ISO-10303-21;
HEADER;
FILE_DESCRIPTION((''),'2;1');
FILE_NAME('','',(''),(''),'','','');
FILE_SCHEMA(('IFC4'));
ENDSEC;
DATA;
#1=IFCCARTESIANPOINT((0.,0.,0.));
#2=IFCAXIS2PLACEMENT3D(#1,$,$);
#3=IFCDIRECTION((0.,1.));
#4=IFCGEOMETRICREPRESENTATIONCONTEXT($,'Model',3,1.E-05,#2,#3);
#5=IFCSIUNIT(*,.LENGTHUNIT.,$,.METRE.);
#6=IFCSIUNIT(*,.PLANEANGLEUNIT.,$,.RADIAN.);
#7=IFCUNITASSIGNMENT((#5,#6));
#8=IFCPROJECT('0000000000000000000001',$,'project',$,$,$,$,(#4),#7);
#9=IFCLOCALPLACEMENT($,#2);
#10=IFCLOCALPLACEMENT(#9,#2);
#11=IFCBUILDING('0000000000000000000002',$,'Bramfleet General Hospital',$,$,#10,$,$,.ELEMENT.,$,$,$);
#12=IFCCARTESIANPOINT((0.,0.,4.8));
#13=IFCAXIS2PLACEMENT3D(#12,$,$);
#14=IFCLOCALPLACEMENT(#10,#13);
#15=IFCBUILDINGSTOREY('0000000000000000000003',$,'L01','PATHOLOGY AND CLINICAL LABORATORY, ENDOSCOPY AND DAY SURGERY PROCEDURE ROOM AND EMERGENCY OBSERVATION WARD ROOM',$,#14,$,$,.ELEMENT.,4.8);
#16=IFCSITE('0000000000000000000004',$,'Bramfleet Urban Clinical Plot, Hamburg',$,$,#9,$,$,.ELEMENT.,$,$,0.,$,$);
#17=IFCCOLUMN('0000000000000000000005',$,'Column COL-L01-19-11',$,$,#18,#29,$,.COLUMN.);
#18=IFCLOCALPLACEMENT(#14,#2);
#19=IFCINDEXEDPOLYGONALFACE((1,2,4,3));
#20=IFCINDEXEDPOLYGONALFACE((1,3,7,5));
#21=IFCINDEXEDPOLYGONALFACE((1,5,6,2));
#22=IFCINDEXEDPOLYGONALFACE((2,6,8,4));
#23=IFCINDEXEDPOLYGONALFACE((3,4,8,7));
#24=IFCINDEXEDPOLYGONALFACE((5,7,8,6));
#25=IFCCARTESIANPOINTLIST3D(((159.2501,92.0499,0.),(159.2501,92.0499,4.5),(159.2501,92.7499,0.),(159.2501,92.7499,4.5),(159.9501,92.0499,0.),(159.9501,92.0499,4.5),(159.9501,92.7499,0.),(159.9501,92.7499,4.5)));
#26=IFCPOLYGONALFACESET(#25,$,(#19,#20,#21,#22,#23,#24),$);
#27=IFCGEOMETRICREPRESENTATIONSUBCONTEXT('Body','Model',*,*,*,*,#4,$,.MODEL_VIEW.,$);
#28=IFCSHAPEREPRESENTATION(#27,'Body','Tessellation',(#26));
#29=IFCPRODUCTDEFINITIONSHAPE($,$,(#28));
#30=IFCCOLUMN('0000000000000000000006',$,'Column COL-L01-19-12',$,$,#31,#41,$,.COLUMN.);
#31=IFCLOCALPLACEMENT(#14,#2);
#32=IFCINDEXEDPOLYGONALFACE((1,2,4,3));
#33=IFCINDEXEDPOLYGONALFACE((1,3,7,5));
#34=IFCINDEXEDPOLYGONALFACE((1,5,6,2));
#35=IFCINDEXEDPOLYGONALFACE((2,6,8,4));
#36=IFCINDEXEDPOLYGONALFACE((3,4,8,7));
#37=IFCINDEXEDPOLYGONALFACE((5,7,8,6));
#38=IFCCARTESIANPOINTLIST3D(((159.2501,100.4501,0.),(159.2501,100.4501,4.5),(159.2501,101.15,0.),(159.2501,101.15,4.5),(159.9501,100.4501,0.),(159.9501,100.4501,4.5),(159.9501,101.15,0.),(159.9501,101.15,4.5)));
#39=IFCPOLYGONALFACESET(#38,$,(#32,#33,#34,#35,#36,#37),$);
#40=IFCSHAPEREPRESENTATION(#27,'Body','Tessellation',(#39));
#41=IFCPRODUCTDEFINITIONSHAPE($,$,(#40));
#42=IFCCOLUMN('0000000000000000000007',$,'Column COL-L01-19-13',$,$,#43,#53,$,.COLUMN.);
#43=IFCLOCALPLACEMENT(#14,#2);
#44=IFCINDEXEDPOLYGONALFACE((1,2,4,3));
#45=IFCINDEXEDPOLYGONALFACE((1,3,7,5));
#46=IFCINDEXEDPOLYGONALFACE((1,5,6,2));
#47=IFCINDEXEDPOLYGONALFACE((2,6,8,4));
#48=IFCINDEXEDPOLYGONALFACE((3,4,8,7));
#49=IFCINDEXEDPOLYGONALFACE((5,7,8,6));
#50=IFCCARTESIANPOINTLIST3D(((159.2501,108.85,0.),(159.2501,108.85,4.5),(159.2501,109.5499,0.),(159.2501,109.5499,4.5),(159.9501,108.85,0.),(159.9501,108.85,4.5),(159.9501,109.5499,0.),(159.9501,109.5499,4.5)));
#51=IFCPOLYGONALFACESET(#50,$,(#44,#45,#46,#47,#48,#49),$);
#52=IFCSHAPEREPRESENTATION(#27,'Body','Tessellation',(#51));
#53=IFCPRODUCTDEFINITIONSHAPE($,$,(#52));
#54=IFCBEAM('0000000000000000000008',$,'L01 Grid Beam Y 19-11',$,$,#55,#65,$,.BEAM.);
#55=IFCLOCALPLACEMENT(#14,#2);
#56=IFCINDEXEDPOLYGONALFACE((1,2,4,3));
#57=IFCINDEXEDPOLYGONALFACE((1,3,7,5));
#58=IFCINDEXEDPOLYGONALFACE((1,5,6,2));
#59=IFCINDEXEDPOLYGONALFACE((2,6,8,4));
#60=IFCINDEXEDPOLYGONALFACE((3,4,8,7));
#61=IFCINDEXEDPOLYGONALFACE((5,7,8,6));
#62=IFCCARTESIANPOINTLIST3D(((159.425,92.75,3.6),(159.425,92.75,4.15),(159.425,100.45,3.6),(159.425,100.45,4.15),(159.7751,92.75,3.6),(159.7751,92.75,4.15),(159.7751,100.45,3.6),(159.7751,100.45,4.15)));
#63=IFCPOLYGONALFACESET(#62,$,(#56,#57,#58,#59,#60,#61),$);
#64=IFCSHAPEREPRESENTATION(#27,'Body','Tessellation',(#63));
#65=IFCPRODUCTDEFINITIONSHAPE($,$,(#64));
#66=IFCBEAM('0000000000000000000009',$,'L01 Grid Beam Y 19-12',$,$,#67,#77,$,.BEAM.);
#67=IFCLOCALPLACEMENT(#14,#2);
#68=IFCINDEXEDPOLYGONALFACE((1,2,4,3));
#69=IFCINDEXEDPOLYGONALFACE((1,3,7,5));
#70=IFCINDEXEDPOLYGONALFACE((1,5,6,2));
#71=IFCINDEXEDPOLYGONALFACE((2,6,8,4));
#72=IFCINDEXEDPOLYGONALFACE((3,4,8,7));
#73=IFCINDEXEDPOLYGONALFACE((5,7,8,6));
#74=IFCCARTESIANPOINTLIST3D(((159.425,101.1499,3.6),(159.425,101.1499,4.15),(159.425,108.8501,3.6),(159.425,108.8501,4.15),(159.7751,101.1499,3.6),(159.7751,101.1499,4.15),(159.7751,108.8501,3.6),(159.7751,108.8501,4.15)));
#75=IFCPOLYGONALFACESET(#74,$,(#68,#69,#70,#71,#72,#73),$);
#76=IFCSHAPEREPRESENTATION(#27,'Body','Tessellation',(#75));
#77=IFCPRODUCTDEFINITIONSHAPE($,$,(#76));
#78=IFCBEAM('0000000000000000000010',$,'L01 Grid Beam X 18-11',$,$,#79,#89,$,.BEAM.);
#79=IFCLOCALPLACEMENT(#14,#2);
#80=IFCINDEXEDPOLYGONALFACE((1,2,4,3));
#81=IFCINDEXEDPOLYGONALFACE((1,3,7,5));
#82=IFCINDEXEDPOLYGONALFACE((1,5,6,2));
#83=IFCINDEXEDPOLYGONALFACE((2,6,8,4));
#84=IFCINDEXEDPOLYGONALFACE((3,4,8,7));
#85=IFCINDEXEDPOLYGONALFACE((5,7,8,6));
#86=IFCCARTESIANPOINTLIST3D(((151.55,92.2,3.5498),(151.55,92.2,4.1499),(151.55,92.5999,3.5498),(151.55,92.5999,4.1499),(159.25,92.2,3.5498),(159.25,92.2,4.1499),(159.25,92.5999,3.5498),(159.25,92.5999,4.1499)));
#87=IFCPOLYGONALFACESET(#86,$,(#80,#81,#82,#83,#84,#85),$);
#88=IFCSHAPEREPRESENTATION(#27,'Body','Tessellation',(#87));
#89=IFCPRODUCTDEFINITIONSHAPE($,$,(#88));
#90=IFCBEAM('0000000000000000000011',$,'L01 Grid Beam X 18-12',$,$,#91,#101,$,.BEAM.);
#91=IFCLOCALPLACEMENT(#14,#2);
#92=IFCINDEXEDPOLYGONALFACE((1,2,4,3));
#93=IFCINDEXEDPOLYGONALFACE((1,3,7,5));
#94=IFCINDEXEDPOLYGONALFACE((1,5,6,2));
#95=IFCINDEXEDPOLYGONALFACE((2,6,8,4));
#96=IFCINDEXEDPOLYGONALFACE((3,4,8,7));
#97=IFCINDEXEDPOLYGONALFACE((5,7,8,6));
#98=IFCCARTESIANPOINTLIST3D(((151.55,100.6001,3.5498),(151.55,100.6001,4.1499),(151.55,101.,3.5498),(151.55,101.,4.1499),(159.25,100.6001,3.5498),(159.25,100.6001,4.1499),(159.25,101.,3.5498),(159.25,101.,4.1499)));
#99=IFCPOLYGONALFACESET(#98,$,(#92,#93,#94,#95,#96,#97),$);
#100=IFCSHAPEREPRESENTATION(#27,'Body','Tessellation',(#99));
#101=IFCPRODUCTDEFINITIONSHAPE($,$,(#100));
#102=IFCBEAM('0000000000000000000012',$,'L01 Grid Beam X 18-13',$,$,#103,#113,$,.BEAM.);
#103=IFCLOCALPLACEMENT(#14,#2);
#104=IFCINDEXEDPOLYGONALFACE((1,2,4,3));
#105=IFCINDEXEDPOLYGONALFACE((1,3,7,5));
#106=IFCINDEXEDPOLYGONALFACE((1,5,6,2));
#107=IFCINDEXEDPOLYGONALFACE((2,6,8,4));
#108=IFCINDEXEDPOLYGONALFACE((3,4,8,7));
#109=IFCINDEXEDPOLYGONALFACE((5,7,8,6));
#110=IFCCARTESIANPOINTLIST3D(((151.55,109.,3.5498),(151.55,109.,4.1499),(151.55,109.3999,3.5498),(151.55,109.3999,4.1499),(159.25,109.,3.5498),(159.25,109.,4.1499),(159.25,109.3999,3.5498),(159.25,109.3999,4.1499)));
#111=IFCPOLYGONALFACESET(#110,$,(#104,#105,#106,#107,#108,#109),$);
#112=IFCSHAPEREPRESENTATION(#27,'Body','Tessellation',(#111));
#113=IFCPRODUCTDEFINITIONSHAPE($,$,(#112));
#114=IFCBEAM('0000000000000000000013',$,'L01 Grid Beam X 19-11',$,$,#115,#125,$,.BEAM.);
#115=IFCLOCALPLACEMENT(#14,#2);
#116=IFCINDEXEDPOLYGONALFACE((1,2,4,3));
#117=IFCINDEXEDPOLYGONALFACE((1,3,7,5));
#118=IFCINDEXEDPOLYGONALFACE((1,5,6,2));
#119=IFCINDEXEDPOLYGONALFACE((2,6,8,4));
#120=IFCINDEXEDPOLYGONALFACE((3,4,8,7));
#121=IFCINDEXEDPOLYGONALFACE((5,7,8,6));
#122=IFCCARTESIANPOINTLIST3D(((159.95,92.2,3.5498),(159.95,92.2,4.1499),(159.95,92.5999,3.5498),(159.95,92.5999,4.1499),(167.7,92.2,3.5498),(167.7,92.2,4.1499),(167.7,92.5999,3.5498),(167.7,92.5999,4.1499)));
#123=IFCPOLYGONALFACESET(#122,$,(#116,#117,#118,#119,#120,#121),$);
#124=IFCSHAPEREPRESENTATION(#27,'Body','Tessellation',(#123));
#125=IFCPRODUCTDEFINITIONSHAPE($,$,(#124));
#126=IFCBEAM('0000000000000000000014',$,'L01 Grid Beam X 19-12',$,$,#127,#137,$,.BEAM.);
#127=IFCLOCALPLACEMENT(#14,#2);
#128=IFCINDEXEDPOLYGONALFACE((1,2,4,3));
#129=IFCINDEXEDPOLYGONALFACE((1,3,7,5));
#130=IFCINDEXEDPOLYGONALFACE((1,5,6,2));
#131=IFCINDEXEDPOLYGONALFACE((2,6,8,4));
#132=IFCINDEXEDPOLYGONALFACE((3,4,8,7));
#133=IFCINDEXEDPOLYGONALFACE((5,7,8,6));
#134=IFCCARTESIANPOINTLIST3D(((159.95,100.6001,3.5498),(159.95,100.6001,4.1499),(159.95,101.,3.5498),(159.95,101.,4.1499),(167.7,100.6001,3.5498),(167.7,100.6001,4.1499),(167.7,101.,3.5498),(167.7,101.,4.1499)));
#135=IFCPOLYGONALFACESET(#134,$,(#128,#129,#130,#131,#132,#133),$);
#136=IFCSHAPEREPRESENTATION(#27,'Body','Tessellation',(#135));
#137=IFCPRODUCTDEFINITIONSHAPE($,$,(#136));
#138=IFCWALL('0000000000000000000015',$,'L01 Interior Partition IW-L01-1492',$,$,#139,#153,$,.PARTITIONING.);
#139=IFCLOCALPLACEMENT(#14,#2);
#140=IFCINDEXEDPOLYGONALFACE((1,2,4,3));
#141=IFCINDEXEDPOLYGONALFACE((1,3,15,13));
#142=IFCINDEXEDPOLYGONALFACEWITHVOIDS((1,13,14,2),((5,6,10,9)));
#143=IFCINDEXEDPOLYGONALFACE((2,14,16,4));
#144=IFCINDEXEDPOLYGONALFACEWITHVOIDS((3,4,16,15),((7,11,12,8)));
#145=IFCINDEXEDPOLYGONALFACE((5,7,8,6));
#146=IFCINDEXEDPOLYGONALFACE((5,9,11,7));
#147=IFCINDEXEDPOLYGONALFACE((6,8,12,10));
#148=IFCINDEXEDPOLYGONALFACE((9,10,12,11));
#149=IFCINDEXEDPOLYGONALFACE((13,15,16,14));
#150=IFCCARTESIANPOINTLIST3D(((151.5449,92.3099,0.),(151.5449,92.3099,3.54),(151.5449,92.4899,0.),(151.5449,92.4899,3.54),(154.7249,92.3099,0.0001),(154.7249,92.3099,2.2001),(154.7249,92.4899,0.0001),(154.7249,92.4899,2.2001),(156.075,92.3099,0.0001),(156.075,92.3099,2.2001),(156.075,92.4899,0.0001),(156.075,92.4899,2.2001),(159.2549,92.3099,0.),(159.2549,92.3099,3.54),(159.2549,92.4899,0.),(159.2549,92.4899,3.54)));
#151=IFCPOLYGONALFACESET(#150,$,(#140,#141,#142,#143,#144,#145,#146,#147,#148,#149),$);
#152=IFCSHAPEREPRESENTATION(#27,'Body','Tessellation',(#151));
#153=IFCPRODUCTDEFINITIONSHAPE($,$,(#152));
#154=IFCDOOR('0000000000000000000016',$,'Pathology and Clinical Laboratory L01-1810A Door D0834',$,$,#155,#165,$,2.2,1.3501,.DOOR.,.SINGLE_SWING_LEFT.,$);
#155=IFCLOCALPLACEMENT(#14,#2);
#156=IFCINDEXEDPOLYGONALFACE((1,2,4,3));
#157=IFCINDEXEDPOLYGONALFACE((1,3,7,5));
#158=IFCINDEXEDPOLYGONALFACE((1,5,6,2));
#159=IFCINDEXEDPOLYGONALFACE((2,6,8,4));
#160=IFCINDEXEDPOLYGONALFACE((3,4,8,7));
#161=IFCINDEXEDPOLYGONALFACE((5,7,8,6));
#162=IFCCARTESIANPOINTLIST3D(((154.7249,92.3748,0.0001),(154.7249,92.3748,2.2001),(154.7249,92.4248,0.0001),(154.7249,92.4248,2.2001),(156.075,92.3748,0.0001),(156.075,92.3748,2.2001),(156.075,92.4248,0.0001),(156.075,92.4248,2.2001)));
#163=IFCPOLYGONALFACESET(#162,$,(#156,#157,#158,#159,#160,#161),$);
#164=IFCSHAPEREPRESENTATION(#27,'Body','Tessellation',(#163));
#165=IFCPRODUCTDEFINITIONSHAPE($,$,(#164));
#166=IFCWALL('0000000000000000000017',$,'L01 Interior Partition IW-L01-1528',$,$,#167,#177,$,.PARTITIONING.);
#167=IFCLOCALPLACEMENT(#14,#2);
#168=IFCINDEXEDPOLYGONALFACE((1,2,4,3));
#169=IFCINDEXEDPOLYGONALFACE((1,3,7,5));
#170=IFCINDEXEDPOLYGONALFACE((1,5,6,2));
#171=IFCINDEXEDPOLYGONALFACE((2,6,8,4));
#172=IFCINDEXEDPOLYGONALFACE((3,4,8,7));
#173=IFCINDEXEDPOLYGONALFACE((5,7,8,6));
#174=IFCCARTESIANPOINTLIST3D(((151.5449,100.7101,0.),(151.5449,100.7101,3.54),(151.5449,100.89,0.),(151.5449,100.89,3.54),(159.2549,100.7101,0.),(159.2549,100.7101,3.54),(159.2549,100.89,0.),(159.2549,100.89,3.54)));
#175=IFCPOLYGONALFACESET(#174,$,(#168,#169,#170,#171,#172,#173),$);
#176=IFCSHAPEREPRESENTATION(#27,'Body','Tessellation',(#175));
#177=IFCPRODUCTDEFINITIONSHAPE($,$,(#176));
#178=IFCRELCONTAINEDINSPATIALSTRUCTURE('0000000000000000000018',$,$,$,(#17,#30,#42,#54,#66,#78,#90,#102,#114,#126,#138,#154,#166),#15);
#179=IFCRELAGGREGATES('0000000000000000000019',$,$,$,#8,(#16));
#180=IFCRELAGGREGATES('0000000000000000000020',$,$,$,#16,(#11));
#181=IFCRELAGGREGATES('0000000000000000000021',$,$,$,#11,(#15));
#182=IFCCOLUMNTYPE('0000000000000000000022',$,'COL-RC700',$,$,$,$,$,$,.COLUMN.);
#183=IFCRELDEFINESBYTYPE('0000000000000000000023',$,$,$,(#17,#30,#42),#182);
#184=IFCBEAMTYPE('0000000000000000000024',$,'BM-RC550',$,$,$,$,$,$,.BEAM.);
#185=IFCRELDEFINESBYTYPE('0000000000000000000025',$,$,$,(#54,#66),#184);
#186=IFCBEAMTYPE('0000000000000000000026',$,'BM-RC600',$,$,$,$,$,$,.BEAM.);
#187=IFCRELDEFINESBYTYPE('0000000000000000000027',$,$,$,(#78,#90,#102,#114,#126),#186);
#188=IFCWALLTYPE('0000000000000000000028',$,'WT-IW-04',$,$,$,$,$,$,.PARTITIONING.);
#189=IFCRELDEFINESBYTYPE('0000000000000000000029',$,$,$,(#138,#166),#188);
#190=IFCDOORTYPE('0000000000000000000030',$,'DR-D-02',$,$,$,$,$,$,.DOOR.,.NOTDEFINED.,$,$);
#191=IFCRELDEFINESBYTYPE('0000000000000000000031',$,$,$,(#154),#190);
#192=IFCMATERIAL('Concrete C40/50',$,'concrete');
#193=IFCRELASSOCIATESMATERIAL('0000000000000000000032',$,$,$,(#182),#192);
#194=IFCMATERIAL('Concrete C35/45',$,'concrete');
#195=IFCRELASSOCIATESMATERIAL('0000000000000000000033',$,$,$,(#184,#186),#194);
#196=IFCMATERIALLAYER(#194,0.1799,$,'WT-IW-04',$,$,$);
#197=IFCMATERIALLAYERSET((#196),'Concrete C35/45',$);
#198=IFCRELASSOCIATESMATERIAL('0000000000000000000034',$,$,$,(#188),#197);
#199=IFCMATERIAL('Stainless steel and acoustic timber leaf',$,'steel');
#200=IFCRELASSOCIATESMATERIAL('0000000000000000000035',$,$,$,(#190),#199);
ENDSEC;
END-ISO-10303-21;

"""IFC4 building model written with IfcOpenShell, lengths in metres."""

from ifc_helpers import new_model, si_unit, direction, frame, frame_2d, origin, origin_2d, place, context, subcontext, project, spatial, rectangle, extrude, material, layer, layer_set, material_profile, profile_set, type_object, element, fill, save


model = new_model("IFC4")

# Units and contexts
model_context = context("Model", 3, precision=1e-05, world=origin(), true_north=direction((0.0, 1.0)))
body_context = subcontext(model_context, "Body", "Model", "MODEL_VIEW")
ifc_project = project(units=[si_unit("LENGTHUNIT", "METRE"), si_unit("PLANEANGLEUNIT", "RADIAN")], contexts=[model_context])

# Site, building, storey
site_placement = place(None, origin())
site = spatial("IfcSite", under=ifc_project, at=site_placement, Name="Bramfleet Urban Clinical Plot, Hamburg", CompositionType="ELEMENT", RefElevation=0.0)
building_placement = place(site_placement, origin())
building = spatial("IfcBuilding", under=site, at=building_placement, Name="Bramfleet General Hospital", CompositionType="ELEMENT")
storey_placement = place(building_placement, frame((0.0, 0.0, 4.8)))
storey = spatial("IfcBuildingStorey", under=building, at=storey_placement, Name="L01", Description="PATHOLOGY AND CLINICAL LABORATORY, ENDOSCOPY AND DAY SURGERY PROCEDURE ROOM AND EMERGENCY OBSERVATION WARD ROOM", CompositionType="ELEMENT", Elevation=4.8)

# Columns
ifc_material_1 = material(Name="Concrete C40/50", Category="concrete")
ifc_material_profile_1 = material_profile(ifc_material_1, rectangle(XDim=0.7, YDim=0.7, at=origin_2d()), Name="RC COL 700x700")
ifc_profile_set_1 = profile_set([ifc_material_profile_1], Name="Concrete C40/50")
column_type = type_object("IfcColumnType", Name="COL-RC700", PredefinedType="COLUMN", material=ifc_profile_set_1)
for number, where, z_axis, x_axis, name in (
    (1, (159.6001, 92.3999, 0.0), (0.0, 0.0, 1.0), (1.0, 0.0, 0.0), "Column COL-L01-19-11"),
    (2, (159.6001, 100.8, 0.0), (0.0, 0.0, 1.0), (1.0, 0.0, 0.0), "Column COL-L01-19-12"),
    (3, (159.6001, 109.2, 0.0), (0.0, 0.0, 1.0), (1.0, 0.0, 0.0), "Column COL-L01-19-13"),
):
    element("IfcColumn", number, at=place(storey_placement, frame(where, z_axis=z_axis, x_axis=x_axis)), inside=storey, type_object=column_type, Name=name, PredefinedType="COLUMN", context=body_context, shape_type="SweptSolid", body=[
        extrude(rectangle(XDim=0.7, YDim=0.7, at=origin_2d()), origin(), (0.0, 0.0, 1.0), 4.5),
    ])

# Beams
ifc_material_2 = material(Name="Concrete C35/45", Category="concrete")
ifc_material_profile_2 = material_profile(ifc_material_2, rectangle(XDim=0.3501, YDim=0.55, at=origin_2d()), Name="RC BM 550x350")
ifc_profile_set_2 = profile_set([ifc_material_profile_2], Name="Concrete C35/45")
beam_type_1 = type_object("IfcBeamType", Name="BM-RC550", PredefinedType="BEAM", material=ifc_profile_set_2)
beam_1_placement = place(storey_placement, frame((159.6001, 92.75, 3.875), z_axis=(0.0, 1.0, 0.0), x_axis=(-1.0, 0.0, 0.0)))
element("IfcBeam", 4, at=beam_1_placement, inside=storey, type_object=beam_type_1, Name="L01 Grid Beam Y 19-11", PredefinedType="BEAM", context=body_context, shape_type="SweptSolid", body=[
    extrude(rectangle(XDim=0.3501, YDim=0.55, at=origin_2d()), origin(), (0.0, 0.0, 1.0), 7.7),
])
beam_2_placement = place(storey_placement, frame((159.6001, 101.1499, 3.875), z_axis=(0.0, 1.0, 0.0), x_axis=(-1.0, 0.0, 0.0)))
element("IfcBeam", 5, at=beam_2_placement, inside=storey, type_object=beam_type_1, Name="L01 Grid Beam Y 19-12", PredefinedType="BEAM", context=body_context, shape_type="SweptSolid", body=[
    extrude(rectangle(XDim=0.3501, YDim=0.55, at=origin_2d()), origin(), (0.0, 0.0, 1.0), 7.7002),
])
ifc_material_profile_3 = material_profile(ifc_material_2, rectangle(XDim=0.3999, YDim=0.6001, at=origin_2d()), Name="RC BM 600x400")
ifc_profile_set_3 = profile_set([ifc_material_profile_3], Name="Concrete C35/45")
beam_type_2 = type_object("IfcBeamType", Name="BM-RC600", PredefinedType="BEAM", material=ifc_profile_set_3)
for number, where, z_axis, x_axis, name in (
    (6, (151.55, 92.3999, 3.8499), (1.0, 0.0, 0.0), (0.0, 1.0, 0.0), "L01 Grid Beam X 18-11"),
    (7, (151.55, 100.8, 3.8499), (1.0, 0.0, 0.0), (0.0, 1.0, 0.0), "L01 Grid Beam X 18-12"),
    (8, (151.55, 109.2, 3.8499), (1.0, 0.0, 0.0), (0.0, 1.0, 0.0), "L01 Grid Beam X 18-13"),
):
    element("IfcBeam", number, at=place(storey_placement, frame(where, z_axis=z_axis, x_axis=x_axis)), inside=storey, type_object=beam_type_2, Name=name, PredefinedType="BEAM", context=body_context, shape_type="SweptSolid", body=[
        extrude(rectangle(XDim=0.3999, YDim=0.6001, at=origin_2d()), origin(), (0.0, 0.0, 1.0), 7.7),
    ])
for number, where, z_axis, x_axis, name in (
    (9, (159.95, 92.3999, 3.8499), (1.0, 0.0, 0.0), (0.0, 1.0, 0.0), "L01 Grid Beam X 19-11"),
    (10, (159.95, 100.8, 3.8499), (1.0, 0.0, 0.0), (0.0, 1.0, 0.0), "L01 Grid Beam X 19-12"),
):
    element("IfcBeam", number, at=place(storey_placement, frame(where, z_axis=z_axis, x_axis=x_axis)), inside=storey, type_object=beam_type_2, Name=name, PredefinedType="BEAM", context=body_context, shape_type="SweptSolid", body=[
        extrude(rectangle(XDim=0.3999, YDim=0.6001, at=origin_2d()), origin(), (0.0, 0.0, 1.0), 7.75),
    ])

# Wall, opening, door
ifc_layer_1 = layer(ifc_material_2, 0.1799, Name="WT-IW-04")
ifc_layer_set_1 = layer_set([ifc_layer_1], Name="Concrete C35/45")
wall_type_1 = type_object("IfcWallType", Name="WT-IW-04", PredefinedType="PARTITIONING", material=ifc_layer_set_1)
wall_1_placement = place(storey_placement, frame((151.5449, 92.3999, 0.0), z_axis=(0.0, 0.0, 1.0), x_axis=(1.0, 0.0, 0.0)))
wall_1 = element("IfcWall", 11, at=wall_1_placement, inside=storey, type_object=wall_type_1, Name="L01 Interior Partition IW-L01-1492", PredefinedType="PARTITIONING", context=body_context, shape_type="SweptSolid", body=[
    extrude(rectangle(XDim=7.71, YDim=0.1799, at=frame_2d((3.855, 0.0))), origin(), (0.0, 0.0, 1.0), 3.54),
])
opening_1_placement = place(wall_1_placement, frame((3.1799, 0.0, 0.0)))
opening_1 = element("IfcOpeningElement", 12, at=opening_1_placement, cuts=wall_1, PredefinedType="OPENING", context=body_context, shape_type="SweptSolid", body=[
    extrude(rectangle(XDim=1.3501, YDim=2.2, at=frame_2d((0.675, 1.1001))), frame((0.0, 0.0999, 0.0), z_axis=(0.0, -1.0, 0.0), x_axis=(1.0, 0.0, 0.0)), (0.0, 0.0, 1.0), 0.2),
])
ifc_material_3 = material(Name="Stainless steel and acoustic timber leaf", Category="steel")
door_type_1 = type_object("IfcDoorType", Name="DR-D-02", OperationType="NOTDEFINED", PredefinedType="DOOR", material=ifc_material_3)
door_1_placement = place(opening_1_placement, origin())
door_1 = element("IfcDoor", 13, at=door_1_placement, inside=storey, type_object=door_type_1, Name="Pathology and Clinical Laboratory L01-1810A Door D0834", OperationType="SINGLE_SWING_LEFT", OverallHeight=2.2, OverallWidth=1.3501, PredefinedType="DOOR", context=body_context, shape_type="SweptSolid", body=[
    extrude(rectangle(XDim=1.3501, YDim=2.2, at=frame_2d((0.675, 1.1001))), frame((0.0, 0.0249, 0.0), z_axis=(0.0, -1.0, 0.0), x_axis=(1.0, 0.0, 0.0)), (0.0, 0.0, 1.0), 0.05),
])
fill(opening_1, door_1)

# Wall
wall_2_placement = place(storey_placement, frame((151.5449, 100.8, 0.0), z_axis=(0.0, 0.0, 1.0), x_axis=(1.0, 0.0, 0.0)))
element("IfcWall", 14, at=wall_2_placement, inside=storey, type_object=wall_type_1, Name="L01 Interior Partition IW-L01-1528", PredefinedType="PARTITIONING", context=body_context, shape_type="SweptSolid", body=[
    extrude(rectangle(XDim=7.71, YDim=0.1799, at=frame_2d((3.855, 0.0))), origin(), (0.0, 0.0, 1.0), 3.54),
])

save(model, "model.ifc")
